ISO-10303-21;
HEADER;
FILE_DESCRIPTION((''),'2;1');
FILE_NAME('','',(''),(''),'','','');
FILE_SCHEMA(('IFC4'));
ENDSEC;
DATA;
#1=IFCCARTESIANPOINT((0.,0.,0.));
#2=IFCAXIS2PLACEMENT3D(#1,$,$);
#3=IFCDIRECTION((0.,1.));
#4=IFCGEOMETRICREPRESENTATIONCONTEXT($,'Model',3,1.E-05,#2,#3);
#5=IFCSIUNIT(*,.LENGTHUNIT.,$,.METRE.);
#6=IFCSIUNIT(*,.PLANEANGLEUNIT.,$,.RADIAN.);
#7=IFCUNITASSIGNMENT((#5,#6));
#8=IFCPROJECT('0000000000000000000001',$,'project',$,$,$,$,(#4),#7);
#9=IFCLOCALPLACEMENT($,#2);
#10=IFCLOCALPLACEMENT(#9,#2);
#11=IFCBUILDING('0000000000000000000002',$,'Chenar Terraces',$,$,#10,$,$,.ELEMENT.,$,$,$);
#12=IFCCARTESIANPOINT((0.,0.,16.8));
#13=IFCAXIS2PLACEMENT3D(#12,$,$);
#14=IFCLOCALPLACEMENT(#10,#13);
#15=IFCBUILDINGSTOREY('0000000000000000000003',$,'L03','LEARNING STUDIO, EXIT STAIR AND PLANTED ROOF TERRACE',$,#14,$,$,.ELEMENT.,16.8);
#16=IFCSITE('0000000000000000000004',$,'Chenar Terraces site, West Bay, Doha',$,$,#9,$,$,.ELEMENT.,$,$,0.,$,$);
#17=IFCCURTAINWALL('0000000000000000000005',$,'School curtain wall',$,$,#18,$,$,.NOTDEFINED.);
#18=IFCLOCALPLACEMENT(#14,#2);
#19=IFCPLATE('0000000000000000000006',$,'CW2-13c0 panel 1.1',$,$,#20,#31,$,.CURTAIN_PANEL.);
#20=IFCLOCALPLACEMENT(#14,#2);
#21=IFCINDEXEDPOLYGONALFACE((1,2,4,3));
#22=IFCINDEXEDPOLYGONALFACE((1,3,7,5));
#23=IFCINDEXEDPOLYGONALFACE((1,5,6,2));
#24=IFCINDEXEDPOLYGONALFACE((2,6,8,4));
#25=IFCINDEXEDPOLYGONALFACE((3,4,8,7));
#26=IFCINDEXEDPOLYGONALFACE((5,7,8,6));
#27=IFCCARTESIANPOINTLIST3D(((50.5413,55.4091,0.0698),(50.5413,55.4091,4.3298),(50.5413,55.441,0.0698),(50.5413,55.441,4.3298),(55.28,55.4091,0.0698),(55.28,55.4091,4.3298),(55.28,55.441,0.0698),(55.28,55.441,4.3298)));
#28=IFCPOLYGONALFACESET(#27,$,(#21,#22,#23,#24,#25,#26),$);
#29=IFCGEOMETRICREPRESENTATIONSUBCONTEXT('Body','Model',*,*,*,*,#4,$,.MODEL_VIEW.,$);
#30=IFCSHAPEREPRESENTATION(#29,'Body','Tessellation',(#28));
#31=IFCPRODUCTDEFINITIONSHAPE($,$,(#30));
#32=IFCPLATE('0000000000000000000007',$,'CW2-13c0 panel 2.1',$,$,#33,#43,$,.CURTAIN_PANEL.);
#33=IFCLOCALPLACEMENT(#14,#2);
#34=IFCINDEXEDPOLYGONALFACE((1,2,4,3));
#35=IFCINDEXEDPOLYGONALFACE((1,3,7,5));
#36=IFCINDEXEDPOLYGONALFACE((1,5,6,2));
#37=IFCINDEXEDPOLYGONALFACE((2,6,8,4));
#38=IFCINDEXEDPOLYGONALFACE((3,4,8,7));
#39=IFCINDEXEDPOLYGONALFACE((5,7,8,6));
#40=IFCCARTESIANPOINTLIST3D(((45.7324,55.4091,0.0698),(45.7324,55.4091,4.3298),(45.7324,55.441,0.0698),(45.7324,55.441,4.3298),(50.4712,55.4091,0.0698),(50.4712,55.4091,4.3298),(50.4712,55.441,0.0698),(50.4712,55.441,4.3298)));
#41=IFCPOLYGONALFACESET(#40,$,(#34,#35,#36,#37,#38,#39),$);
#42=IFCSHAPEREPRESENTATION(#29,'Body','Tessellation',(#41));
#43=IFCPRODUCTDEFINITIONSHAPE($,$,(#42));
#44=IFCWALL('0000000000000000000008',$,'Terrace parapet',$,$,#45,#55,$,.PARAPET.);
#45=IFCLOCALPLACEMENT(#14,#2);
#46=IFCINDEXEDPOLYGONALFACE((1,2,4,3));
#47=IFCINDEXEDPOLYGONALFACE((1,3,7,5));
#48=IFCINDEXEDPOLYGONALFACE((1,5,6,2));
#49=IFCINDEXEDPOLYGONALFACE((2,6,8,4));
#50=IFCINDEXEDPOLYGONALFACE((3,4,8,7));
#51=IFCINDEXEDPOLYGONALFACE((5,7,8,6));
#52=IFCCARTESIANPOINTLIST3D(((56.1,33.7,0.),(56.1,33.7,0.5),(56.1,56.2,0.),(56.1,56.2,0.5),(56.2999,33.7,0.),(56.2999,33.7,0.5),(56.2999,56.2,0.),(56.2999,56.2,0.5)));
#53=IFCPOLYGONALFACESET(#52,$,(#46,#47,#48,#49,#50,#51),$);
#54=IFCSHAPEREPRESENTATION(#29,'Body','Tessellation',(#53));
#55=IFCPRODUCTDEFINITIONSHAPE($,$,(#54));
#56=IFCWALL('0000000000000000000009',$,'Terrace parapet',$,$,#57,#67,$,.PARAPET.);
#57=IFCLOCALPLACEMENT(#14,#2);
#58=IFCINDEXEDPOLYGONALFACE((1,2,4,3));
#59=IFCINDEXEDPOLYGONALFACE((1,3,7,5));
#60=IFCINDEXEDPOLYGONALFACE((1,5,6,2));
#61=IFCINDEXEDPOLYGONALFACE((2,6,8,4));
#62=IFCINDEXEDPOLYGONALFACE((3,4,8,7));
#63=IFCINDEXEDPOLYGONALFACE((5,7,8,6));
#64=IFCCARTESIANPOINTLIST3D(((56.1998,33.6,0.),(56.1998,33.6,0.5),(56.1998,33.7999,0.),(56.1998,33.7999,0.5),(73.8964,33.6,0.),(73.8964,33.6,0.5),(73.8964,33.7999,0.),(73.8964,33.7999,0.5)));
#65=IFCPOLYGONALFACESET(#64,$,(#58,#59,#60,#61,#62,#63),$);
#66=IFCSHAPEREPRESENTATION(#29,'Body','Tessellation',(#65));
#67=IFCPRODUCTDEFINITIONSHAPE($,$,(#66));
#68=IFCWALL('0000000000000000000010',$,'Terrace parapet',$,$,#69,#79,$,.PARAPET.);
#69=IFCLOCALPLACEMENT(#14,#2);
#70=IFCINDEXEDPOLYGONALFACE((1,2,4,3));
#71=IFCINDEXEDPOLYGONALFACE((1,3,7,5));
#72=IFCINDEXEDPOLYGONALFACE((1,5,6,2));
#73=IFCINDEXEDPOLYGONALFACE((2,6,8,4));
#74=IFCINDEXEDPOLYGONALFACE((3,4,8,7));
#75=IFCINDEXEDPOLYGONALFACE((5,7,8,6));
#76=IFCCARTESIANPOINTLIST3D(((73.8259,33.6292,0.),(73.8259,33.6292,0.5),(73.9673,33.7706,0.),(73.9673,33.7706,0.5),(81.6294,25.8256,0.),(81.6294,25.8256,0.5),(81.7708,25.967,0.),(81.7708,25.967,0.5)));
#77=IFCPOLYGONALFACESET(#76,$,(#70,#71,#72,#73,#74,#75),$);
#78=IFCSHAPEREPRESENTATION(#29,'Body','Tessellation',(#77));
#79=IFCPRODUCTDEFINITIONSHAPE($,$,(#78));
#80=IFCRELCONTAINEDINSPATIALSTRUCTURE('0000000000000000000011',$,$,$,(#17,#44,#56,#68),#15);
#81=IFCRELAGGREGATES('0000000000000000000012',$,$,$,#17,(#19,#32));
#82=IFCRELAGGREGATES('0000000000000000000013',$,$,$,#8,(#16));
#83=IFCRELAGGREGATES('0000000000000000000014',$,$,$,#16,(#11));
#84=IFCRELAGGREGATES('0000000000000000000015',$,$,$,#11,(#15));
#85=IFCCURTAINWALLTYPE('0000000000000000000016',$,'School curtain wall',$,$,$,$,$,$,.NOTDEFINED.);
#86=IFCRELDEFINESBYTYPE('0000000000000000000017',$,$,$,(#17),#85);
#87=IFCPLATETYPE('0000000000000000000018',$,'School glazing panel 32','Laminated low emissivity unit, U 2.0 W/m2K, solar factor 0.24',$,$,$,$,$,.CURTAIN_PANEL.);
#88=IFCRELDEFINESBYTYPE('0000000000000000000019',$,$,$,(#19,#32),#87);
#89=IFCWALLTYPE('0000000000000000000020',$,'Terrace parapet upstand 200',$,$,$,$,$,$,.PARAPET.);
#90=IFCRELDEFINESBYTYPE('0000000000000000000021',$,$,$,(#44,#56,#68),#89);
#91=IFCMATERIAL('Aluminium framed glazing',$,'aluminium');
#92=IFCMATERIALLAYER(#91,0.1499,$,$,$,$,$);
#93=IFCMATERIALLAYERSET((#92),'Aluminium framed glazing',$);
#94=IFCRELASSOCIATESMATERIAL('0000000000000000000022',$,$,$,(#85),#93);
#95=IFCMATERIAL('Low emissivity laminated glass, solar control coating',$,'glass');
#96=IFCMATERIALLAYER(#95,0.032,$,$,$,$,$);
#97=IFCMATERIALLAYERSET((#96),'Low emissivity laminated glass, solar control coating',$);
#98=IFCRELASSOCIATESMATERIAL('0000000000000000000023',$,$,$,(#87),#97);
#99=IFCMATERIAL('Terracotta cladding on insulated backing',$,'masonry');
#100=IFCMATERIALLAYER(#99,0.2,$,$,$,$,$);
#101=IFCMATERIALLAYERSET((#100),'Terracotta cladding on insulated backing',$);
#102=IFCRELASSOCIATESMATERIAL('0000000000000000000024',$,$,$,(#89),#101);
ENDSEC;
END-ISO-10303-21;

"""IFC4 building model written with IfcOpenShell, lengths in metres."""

from ifc_helpers import new_model, si_unit, direction, frame, frame_2d, origin, origin_2d, place, context, subcontext, project, spatial, rectangle, extrude, material, layer, layer_set, type_object, element, aggregate, save


model = new_model("IFC4")

# Units and contexts
model_context = context("Model", 3, precision=1e-05, world=origin(), true_north=direction((0.0, 1.0)))
body_context = subcontext(model_context, "Body", "Model", "MODEL_VIEW")
ifc_project = project(units=[si_unit("LENGTHUNIT", "METRE"), si_unit("PLANEANGLEUNIT", "RADIAN")], contexts=[model_context])

# Site, building, storey
site_placement = place(None, origin())
site = spatial("IfcSite", under=ifc_project, at=site_placement, Name="Chenar Terraces site, West Bay, Doha", CompositionType="ELEMENT", RefElevation=0.0)
building_placement = place(site_placement, origin())
building = spatial("IfcBuilding", under=site, at=building_placement, Name="Chenar Terraces", CompositionType="ELEMENT")
storey_placement = place(building_placement, frame((0.0, 0.0, 16.8)))
storey = spatial("IfcBuildingStorey", under=building, at=storey_placement, Name="L03", Description="LEARNING STUDIO, EXIT STAIR AND PLANTED ROOF TERRACE", CompositionType="ELEMENT", Elevation=16.8)

# Shared definitions
ifc_material_1 = material(Name="Aluminium framed glazing", Category="aluminium")
ifc_layer_1 = layer(ifc_material_1, 0.1499)
ifc_layer_set_1 = layer_set([ifc_layer_1], Name="Aluminium framed glazing")
curtain_wall_type = type_object("IfcCurtainWallType", Name="School curtain wall", PredefinedType="NOTDEFINED", material=ifc_layer_set_1)
placement = place(storey_placement, origin())

# Curtain wall
curtain_wall_1 = element("IfcCurtainWall", 1, at=placement, inside=storey, type_object=curtain_wall_type, Name="School curtain wall", PredefinedType="NOTDEFINED")

# Plates
ifc_material_2 = material(Name="Low emissivity laminated glass, solar control coating", Category="glass")
ifc_layer_2 = layer(ifc_material_2, 0.032)
ifc_layer_set_2 = layer_set([ifc_layer_2], Name="Low emissivity laminated glass, solar control coating")
plate_type = type_object("IfcPlateType", Name="School glazing panel 32", Description="Laminated low emissivity unit, U 2.0 W/m2K, solar factor 0.24", PredefinedType="CURTAIN_PANEL", material=ifc_layer_set_2)
plate_1_placement = place(storey_placement, frame((52.9106, 55.425, 0.0698), z_axis=(0.0, 0.0, 1.0), x_axis=(-1.0, 0.0, 0.0)))
plate_1 = element("IfcPlate", 2, at=plate_1_placement, type_object=plate_type, Name="CW2-13c0 panel 1.1", PredefinedType="CURTAIN_PANEL", context=body_context, shape_type="SweptSolid", body=[
    extrude(rectangle(XDim=4.7388, YDim=0.032, at=origin_2d()), origin(), (0.0, 0.0, 1.0), 4.26),
])
plate_2_placement = place(storey_placement, frame((48.1018, 55.425, 0.0698), z_axis=(0.0, 0.0, 1.0), x_axis=(-1.0, 0.0, 0.0)))
plate_2 = element("IfcPlate", 3, at=plate_2_placement, type_object=plate_type, Name="CW2-13c0 panel 2.1", PredefinedType="CURTAIN_PANEL", context=body_context, shape_type="SweptSolid", body=[
    extrude(rectangle(XDim=4.7388, YDim=0.032, at=origin_2d()), origin(), (0.0, 0.0, 1.0), 4.26),
])
aggregate(curtain_wall_1, [plate_1, plate_2])

# Walls
ifc_material_3 = material(Name="Terracotta cladding on insulated backing", Category="masonry")
ifc_layer_3 = layer(ifc_material_3, 0.2)
ifc_layer_set_3 = layer_set([ifc_layer_3], Name="Terracotta cladding on insulated backing")
wall_type_1 = type_object("IfcWallType", Name="Terrace parapet upstand 200", PredefinedType="PARAPET", material=ifc_layer_set_3)
wall_1_placement = place(storey_placement, frame((56.2, 56.2, 0.0), z_axis=(0.0, 0.0, 1.0), x_axis=(0.0, -1.0, 0.0)))
element("IfcWall", 4, at=wall_1_placement, inside=storey, type_object=wall_type_1, Name="Terrace parapet", PredefinedType="PARAPET", context=body_context, shape_type="SweptSolid", body=[
    extrude(rectangle(XDim=22.5, YDim=0.2, at=frame_2d((11.25, 0.0))), origin(), (0.0, 0.0, 1.0), 0.5),
])
wall_2_placement = place(storey_placement, frame((56.2, 33.7, 0.0), z_axis=(0.0, 0.0, 1.0), x_axis=(1.0, 0.0, 0.0)))
element("IfcWall", 5, at=wall_2_placement, inside=storey, type_object=wall_type_1, Name="Terrace parapet", PredefinedType="PARAPET", context=body_context, shape_type="SweptSolid", body=[
    extrude(rectangle(XDim=17.6965, YDim=0.2, at=frame_2d((8.8481, 0.0))), origin(), (0.0, 0.0, 1.0), 0.5),
])
wall_3_placement = place(storey_placement, frame((73.8965, 33.7, 0.0), z_axis=(0.0, 0.0, 1.0), x_axis=(0.707107, -0.707107, 0.0)))
element("IfcWall", 6, at=wall_3_placement, inside=storey, type_object=wall_type_1, Name="Terrace parapet", PredefinedType="PARAPET", context=body_context, shape_type="SweptSolid", body=[
    extrude(rectangle(XDim=11.0359, YDim=0.2, at=frame_2d((5.5181, 0.0))), origin(), (0.0, 0.0, 1.0), 0.5),
])

save(model, "model.ifc")
